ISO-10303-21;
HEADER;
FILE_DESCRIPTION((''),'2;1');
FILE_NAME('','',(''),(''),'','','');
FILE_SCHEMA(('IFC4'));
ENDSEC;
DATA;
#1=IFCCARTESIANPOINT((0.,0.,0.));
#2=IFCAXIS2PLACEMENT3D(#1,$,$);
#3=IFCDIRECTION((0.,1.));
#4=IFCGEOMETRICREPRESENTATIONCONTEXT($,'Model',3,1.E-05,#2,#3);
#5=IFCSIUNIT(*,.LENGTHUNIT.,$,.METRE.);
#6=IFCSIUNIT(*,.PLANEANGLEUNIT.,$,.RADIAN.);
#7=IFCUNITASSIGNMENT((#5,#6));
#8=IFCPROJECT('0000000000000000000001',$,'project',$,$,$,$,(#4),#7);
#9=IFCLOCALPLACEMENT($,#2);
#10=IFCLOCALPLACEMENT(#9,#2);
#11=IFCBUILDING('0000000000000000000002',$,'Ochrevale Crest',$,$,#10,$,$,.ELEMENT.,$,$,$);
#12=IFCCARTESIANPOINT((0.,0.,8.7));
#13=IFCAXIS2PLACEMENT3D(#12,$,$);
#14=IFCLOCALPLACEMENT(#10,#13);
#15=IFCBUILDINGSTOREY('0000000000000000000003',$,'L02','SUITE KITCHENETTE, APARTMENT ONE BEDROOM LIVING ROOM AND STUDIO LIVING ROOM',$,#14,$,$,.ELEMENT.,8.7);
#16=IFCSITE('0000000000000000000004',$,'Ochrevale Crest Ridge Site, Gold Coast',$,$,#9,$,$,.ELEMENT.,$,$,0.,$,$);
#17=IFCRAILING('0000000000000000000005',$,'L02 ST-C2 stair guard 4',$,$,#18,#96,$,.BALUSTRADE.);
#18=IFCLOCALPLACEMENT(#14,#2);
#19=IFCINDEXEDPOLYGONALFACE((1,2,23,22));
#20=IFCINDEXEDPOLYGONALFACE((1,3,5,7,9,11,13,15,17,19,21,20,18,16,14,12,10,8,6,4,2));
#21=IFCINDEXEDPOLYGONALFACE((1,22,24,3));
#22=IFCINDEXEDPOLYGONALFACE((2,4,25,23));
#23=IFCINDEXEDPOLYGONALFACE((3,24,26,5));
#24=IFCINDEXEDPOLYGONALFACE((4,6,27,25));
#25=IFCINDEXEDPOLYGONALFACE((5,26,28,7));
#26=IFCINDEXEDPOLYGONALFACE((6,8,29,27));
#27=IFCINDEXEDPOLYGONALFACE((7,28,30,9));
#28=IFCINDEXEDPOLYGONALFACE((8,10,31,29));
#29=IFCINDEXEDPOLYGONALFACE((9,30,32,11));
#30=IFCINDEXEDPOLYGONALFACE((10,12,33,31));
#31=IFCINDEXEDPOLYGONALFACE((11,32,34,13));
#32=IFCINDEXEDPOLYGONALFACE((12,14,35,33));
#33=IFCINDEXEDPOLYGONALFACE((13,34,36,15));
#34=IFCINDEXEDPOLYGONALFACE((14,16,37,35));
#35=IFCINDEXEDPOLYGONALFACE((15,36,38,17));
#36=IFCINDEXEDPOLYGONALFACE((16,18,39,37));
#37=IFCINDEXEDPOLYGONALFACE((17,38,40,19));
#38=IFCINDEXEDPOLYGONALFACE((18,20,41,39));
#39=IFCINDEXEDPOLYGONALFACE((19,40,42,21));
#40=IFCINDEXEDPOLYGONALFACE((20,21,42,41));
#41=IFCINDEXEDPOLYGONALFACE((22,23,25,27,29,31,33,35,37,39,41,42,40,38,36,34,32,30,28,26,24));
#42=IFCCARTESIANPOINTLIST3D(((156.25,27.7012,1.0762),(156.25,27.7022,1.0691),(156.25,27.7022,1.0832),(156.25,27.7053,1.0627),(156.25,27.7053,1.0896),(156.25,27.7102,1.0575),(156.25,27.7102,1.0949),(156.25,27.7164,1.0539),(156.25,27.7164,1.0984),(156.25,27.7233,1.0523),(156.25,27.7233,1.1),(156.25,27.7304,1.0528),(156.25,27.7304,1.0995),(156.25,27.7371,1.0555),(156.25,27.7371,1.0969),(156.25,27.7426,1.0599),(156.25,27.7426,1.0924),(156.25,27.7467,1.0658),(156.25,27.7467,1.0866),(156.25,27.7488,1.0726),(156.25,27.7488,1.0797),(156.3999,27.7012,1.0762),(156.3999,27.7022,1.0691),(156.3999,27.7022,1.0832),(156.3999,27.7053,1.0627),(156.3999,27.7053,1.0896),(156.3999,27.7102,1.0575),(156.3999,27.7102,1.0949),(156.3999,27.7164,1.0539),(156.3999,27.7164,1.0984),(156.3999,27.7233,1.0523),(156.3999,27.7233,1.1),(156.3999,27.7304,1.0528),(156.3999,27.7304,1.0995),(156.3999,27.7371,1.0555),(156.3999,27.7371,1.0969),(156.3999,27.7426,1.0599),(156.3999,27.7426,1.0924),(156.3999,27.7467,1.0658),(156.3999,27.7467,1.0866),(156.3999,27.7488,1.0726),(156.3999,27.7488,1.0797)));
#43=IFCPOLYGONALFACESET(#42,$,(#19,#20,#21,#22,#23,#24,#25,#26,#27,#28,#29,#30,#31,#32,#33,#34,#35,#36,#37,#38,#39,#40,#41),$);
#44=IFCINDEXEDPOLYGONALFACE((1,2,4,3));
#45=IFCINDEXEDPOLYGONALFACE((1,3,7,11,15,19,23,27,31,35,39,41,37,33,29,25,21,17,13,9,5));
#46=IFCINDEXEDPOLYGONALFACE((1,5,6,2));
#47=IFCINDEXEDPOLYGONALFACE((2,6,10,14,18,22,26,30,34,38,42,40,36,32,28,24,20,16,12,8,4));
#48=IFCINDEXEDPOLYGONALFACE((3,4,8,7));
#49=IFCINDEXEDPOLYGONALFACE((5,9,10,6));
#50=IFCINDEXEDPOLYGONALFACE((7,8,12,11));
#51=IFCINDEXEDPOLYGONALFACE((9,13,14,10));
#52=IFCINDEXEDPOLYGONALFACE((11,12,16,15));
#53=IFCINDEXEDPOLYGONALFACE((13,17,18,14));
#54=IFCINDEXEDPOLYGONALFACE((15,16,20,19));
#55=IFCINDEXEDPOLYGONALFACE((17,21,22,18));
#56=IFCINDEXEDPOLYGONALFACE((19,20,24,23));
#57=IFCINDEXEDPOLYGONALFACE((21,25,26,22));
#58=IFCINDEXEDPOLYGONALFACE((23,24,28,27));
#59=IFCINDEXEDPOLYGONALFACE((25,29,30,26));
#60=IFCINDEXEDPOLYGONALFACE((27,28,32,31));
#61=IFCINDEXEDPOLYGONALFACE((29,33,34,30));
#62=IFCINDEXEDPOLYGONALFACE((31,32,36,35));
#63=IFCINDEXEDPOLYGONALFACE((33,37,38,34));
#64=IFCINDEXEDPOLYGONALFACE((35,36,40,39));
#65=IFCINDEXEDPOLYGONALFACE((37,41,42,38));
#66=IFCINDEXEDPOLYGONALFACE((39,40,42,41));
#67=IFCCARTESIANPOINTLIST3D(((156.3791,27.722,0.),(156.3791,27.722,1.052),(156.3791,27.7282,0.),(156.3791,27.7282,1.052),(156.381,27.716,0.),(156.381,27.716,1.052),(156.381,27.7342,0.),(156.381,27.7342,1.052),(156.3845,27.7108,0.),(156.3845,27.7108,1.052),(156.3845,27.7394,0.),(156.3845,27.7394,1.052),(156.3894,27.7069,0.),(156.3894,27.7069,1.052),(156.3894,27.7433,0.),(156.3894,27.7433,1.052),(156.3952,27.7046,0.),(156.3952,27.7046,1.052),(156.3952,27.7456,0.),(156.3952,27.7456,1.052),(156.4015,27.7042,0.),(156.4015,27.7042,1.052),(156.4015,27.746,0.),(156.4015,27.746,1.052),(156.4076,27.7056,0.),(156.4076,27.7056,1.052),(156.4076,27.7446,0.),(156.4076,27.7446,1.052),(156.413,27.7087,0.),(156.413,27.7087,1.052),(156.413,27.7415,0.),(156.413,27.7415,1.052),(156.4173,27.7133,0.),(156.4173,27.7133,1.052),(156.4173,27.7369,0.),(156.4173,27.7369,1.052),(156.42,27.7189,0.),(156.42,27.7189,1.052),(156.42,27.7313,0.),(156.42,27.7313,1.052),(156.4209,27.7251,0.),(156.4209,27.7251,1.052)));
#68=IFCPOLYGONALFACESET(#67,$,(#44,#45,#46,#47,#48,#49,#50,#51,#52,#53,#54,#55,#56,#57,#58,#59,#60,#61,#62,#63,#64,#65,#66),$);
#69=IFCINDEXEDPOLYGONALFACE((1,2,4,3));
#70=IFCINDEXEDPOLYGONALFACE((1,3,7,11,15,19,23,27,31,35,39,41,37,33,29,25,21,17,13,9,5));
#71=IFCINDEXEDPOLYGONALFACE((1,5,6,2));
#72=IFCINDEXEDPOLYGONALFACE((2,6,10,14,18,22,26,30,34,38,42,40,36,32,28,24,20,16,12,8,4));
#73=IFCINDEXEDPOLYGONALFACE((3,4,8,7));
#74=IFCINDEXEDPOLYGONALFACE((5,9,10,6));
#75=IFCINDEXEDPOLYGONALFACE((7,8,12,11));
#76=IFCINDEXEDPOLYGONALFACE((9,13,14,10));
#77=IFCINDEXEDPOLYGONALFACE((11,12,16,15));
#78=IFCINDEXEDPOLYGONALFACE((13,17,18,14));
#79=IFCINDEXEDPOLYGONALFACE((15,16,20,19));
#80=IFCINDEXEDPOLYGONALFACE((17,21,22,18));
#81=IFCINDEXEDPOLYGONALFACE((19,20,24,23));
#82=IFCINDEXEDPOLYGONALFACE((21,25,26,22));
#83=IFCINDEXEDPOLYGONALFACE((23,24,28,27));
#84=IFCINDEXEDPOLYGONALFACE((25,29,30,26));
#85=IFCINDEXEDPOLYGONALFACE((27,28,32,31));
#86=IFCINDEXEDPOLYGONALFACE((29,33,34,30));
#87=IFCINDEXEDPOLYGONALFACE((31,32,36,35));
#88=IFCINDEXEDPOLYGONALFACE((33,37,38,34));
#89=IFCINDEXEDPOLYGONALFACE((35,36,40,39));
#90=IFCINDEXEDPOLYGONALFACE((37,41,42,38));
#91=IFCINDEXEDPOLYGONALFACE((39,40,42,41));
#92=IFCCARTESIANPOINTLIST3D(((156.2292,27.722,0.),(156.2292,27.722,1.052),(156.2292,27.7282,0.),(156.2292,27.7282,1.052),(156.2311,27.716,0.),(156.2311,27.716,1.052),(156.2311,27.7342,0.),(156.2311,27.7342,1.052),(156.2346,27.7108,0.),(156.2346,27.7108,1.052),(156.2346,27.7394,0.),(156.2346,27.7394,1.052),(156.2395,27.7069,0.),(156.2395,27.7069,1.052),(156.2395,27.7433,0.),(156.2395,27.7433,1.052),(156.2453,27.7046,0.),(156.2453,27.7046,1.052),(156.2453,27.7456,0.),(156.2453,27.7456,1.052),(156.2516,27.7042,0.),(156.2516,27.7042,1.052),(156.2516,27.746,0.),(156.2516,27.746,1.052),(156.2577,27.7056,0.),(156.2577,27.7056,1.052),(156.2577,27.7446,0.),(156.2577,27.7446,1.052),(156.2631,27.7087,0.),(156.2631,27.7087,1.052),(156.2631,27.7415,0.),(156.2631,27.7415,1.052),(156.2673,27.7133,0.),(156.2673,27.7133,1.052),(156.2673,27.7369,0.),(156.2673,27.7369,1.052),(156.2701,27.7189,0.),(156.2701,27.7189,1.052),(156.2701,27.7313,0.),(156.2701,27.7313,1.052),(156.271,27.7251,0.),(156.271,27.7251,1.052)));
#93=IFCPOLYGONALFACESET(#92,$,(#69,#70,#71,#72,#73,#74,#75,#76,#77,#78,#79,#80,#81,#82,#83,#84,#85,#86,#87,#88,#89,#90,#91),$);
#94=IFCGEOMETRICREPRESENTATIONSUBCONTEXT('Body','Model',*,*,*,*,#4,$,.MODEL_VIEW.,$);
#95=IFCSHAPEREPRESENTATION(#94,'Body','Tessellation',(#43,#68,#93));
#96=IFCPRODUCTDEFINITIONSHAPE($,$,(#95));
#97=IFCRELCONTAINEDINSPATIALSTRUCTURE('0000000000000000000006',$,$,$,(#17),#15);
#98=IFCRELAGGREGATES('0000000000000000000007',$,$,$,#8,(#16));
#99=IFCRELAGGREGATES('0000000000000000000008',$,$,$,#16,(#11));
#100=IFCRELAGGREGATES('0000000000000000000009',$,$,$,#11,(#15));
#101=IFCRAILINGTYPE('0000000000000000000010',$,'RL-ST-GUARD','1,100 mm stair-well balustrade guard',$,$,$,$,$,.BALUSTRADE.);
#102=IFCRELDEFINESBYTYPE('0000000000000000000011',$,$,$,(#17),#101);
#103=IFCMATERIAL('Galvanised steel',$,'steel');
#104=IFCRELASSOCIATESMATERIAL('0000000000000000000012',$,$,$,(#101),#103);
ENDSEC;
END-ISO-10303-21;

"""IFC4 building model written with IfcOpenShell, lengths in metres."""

from ifc_helpers import new_model, si_unit, direction, frame, origin, origin_2d, place, context, subcontext, project, spatial, circle, extrude, material, type_object, element, save


model = new_model("IFC4")

# Units and contexts
model_context = context("Model", 3, precision=1e-05, world=origin(), true_north=direction((0.0, 1.0)))
body_context = subcontext(model_context, "Body", "Model", "MODEL_VIEW")
ifc_project = project(units=[si_unit("LENGTHUNIT", "METRE"), si_unit("PLANEANGLEUNIT", "RADIAN")], contexts=[model_context])

# Site, building, storey
site_placement = place(None, origin())
site = spatial("IfcSite", under=ifc_project, at=site_placement, Name="Ochrevale Crest Ridge Site, Gold Coast", CompositionType="ELEMENT", RefElevation=0.0)
building_placement = place(site_placement, origin())
building = spatial("IfcBuilding", under=site, at=building_placement, Name="Ochrevale Crest", CompositionType="ELEMENT")
storey_placement = place(building_placement, frame((0.0, 0.0, 8.7)))
storey = spatial("IfcBuildingStorey", under=building, at=storey_placement, Name="L02", Description="SUITE KITCHENETTE, APARTMENT ONE BEDROOM LIVING ROOM AND STUDIO LIVING ROOM", CompositionType="ELEMENT", Elevation=8.7)

# Railing
ifc_material_1 = material(Name="Galvanised steel", Category="steel")
railing_type_1 = type_object("IfcRailingType", Name="RL-ST-GUARD", Description="1,100 mm stair-well balustrade guard", PredefinedType="BALUSTRADE", material=ifc_material_1)
railing_1_placement = place(storey_placement, frame((156.3999, 27.7251, 0.0)))
element("IfcRailing", 1, at=railing_1_placement, inside=storey, type_object=railing_type_1, Name="L02 ST-C2 stair guard 4", PredefinedType="BALUSTRADE", context=body_context, shape_type="SweptSolid", body=[
    extrude(circle(Radius=0.0239, at=origin_2d()), frame((0.0, 0.0, 1.0762), z_axis=(-1.0, 0.0, 0.0), x_axis=(0.0, -1.0, 0.0)), (0.0, 0.0, 1.0), 0.1499),
    extrude(circle(Radius=0.021, at=origin_2d()), origin(), (0.0, 0.0, 1.0), 1.052),
    extrude(circle(Radius=0.021, at=origin_2d()), frame((-0.1499, 0.0, 0.0)), (0.0, 0.0, 1.0), 1.052),
])

save(model, "model.ifc")
